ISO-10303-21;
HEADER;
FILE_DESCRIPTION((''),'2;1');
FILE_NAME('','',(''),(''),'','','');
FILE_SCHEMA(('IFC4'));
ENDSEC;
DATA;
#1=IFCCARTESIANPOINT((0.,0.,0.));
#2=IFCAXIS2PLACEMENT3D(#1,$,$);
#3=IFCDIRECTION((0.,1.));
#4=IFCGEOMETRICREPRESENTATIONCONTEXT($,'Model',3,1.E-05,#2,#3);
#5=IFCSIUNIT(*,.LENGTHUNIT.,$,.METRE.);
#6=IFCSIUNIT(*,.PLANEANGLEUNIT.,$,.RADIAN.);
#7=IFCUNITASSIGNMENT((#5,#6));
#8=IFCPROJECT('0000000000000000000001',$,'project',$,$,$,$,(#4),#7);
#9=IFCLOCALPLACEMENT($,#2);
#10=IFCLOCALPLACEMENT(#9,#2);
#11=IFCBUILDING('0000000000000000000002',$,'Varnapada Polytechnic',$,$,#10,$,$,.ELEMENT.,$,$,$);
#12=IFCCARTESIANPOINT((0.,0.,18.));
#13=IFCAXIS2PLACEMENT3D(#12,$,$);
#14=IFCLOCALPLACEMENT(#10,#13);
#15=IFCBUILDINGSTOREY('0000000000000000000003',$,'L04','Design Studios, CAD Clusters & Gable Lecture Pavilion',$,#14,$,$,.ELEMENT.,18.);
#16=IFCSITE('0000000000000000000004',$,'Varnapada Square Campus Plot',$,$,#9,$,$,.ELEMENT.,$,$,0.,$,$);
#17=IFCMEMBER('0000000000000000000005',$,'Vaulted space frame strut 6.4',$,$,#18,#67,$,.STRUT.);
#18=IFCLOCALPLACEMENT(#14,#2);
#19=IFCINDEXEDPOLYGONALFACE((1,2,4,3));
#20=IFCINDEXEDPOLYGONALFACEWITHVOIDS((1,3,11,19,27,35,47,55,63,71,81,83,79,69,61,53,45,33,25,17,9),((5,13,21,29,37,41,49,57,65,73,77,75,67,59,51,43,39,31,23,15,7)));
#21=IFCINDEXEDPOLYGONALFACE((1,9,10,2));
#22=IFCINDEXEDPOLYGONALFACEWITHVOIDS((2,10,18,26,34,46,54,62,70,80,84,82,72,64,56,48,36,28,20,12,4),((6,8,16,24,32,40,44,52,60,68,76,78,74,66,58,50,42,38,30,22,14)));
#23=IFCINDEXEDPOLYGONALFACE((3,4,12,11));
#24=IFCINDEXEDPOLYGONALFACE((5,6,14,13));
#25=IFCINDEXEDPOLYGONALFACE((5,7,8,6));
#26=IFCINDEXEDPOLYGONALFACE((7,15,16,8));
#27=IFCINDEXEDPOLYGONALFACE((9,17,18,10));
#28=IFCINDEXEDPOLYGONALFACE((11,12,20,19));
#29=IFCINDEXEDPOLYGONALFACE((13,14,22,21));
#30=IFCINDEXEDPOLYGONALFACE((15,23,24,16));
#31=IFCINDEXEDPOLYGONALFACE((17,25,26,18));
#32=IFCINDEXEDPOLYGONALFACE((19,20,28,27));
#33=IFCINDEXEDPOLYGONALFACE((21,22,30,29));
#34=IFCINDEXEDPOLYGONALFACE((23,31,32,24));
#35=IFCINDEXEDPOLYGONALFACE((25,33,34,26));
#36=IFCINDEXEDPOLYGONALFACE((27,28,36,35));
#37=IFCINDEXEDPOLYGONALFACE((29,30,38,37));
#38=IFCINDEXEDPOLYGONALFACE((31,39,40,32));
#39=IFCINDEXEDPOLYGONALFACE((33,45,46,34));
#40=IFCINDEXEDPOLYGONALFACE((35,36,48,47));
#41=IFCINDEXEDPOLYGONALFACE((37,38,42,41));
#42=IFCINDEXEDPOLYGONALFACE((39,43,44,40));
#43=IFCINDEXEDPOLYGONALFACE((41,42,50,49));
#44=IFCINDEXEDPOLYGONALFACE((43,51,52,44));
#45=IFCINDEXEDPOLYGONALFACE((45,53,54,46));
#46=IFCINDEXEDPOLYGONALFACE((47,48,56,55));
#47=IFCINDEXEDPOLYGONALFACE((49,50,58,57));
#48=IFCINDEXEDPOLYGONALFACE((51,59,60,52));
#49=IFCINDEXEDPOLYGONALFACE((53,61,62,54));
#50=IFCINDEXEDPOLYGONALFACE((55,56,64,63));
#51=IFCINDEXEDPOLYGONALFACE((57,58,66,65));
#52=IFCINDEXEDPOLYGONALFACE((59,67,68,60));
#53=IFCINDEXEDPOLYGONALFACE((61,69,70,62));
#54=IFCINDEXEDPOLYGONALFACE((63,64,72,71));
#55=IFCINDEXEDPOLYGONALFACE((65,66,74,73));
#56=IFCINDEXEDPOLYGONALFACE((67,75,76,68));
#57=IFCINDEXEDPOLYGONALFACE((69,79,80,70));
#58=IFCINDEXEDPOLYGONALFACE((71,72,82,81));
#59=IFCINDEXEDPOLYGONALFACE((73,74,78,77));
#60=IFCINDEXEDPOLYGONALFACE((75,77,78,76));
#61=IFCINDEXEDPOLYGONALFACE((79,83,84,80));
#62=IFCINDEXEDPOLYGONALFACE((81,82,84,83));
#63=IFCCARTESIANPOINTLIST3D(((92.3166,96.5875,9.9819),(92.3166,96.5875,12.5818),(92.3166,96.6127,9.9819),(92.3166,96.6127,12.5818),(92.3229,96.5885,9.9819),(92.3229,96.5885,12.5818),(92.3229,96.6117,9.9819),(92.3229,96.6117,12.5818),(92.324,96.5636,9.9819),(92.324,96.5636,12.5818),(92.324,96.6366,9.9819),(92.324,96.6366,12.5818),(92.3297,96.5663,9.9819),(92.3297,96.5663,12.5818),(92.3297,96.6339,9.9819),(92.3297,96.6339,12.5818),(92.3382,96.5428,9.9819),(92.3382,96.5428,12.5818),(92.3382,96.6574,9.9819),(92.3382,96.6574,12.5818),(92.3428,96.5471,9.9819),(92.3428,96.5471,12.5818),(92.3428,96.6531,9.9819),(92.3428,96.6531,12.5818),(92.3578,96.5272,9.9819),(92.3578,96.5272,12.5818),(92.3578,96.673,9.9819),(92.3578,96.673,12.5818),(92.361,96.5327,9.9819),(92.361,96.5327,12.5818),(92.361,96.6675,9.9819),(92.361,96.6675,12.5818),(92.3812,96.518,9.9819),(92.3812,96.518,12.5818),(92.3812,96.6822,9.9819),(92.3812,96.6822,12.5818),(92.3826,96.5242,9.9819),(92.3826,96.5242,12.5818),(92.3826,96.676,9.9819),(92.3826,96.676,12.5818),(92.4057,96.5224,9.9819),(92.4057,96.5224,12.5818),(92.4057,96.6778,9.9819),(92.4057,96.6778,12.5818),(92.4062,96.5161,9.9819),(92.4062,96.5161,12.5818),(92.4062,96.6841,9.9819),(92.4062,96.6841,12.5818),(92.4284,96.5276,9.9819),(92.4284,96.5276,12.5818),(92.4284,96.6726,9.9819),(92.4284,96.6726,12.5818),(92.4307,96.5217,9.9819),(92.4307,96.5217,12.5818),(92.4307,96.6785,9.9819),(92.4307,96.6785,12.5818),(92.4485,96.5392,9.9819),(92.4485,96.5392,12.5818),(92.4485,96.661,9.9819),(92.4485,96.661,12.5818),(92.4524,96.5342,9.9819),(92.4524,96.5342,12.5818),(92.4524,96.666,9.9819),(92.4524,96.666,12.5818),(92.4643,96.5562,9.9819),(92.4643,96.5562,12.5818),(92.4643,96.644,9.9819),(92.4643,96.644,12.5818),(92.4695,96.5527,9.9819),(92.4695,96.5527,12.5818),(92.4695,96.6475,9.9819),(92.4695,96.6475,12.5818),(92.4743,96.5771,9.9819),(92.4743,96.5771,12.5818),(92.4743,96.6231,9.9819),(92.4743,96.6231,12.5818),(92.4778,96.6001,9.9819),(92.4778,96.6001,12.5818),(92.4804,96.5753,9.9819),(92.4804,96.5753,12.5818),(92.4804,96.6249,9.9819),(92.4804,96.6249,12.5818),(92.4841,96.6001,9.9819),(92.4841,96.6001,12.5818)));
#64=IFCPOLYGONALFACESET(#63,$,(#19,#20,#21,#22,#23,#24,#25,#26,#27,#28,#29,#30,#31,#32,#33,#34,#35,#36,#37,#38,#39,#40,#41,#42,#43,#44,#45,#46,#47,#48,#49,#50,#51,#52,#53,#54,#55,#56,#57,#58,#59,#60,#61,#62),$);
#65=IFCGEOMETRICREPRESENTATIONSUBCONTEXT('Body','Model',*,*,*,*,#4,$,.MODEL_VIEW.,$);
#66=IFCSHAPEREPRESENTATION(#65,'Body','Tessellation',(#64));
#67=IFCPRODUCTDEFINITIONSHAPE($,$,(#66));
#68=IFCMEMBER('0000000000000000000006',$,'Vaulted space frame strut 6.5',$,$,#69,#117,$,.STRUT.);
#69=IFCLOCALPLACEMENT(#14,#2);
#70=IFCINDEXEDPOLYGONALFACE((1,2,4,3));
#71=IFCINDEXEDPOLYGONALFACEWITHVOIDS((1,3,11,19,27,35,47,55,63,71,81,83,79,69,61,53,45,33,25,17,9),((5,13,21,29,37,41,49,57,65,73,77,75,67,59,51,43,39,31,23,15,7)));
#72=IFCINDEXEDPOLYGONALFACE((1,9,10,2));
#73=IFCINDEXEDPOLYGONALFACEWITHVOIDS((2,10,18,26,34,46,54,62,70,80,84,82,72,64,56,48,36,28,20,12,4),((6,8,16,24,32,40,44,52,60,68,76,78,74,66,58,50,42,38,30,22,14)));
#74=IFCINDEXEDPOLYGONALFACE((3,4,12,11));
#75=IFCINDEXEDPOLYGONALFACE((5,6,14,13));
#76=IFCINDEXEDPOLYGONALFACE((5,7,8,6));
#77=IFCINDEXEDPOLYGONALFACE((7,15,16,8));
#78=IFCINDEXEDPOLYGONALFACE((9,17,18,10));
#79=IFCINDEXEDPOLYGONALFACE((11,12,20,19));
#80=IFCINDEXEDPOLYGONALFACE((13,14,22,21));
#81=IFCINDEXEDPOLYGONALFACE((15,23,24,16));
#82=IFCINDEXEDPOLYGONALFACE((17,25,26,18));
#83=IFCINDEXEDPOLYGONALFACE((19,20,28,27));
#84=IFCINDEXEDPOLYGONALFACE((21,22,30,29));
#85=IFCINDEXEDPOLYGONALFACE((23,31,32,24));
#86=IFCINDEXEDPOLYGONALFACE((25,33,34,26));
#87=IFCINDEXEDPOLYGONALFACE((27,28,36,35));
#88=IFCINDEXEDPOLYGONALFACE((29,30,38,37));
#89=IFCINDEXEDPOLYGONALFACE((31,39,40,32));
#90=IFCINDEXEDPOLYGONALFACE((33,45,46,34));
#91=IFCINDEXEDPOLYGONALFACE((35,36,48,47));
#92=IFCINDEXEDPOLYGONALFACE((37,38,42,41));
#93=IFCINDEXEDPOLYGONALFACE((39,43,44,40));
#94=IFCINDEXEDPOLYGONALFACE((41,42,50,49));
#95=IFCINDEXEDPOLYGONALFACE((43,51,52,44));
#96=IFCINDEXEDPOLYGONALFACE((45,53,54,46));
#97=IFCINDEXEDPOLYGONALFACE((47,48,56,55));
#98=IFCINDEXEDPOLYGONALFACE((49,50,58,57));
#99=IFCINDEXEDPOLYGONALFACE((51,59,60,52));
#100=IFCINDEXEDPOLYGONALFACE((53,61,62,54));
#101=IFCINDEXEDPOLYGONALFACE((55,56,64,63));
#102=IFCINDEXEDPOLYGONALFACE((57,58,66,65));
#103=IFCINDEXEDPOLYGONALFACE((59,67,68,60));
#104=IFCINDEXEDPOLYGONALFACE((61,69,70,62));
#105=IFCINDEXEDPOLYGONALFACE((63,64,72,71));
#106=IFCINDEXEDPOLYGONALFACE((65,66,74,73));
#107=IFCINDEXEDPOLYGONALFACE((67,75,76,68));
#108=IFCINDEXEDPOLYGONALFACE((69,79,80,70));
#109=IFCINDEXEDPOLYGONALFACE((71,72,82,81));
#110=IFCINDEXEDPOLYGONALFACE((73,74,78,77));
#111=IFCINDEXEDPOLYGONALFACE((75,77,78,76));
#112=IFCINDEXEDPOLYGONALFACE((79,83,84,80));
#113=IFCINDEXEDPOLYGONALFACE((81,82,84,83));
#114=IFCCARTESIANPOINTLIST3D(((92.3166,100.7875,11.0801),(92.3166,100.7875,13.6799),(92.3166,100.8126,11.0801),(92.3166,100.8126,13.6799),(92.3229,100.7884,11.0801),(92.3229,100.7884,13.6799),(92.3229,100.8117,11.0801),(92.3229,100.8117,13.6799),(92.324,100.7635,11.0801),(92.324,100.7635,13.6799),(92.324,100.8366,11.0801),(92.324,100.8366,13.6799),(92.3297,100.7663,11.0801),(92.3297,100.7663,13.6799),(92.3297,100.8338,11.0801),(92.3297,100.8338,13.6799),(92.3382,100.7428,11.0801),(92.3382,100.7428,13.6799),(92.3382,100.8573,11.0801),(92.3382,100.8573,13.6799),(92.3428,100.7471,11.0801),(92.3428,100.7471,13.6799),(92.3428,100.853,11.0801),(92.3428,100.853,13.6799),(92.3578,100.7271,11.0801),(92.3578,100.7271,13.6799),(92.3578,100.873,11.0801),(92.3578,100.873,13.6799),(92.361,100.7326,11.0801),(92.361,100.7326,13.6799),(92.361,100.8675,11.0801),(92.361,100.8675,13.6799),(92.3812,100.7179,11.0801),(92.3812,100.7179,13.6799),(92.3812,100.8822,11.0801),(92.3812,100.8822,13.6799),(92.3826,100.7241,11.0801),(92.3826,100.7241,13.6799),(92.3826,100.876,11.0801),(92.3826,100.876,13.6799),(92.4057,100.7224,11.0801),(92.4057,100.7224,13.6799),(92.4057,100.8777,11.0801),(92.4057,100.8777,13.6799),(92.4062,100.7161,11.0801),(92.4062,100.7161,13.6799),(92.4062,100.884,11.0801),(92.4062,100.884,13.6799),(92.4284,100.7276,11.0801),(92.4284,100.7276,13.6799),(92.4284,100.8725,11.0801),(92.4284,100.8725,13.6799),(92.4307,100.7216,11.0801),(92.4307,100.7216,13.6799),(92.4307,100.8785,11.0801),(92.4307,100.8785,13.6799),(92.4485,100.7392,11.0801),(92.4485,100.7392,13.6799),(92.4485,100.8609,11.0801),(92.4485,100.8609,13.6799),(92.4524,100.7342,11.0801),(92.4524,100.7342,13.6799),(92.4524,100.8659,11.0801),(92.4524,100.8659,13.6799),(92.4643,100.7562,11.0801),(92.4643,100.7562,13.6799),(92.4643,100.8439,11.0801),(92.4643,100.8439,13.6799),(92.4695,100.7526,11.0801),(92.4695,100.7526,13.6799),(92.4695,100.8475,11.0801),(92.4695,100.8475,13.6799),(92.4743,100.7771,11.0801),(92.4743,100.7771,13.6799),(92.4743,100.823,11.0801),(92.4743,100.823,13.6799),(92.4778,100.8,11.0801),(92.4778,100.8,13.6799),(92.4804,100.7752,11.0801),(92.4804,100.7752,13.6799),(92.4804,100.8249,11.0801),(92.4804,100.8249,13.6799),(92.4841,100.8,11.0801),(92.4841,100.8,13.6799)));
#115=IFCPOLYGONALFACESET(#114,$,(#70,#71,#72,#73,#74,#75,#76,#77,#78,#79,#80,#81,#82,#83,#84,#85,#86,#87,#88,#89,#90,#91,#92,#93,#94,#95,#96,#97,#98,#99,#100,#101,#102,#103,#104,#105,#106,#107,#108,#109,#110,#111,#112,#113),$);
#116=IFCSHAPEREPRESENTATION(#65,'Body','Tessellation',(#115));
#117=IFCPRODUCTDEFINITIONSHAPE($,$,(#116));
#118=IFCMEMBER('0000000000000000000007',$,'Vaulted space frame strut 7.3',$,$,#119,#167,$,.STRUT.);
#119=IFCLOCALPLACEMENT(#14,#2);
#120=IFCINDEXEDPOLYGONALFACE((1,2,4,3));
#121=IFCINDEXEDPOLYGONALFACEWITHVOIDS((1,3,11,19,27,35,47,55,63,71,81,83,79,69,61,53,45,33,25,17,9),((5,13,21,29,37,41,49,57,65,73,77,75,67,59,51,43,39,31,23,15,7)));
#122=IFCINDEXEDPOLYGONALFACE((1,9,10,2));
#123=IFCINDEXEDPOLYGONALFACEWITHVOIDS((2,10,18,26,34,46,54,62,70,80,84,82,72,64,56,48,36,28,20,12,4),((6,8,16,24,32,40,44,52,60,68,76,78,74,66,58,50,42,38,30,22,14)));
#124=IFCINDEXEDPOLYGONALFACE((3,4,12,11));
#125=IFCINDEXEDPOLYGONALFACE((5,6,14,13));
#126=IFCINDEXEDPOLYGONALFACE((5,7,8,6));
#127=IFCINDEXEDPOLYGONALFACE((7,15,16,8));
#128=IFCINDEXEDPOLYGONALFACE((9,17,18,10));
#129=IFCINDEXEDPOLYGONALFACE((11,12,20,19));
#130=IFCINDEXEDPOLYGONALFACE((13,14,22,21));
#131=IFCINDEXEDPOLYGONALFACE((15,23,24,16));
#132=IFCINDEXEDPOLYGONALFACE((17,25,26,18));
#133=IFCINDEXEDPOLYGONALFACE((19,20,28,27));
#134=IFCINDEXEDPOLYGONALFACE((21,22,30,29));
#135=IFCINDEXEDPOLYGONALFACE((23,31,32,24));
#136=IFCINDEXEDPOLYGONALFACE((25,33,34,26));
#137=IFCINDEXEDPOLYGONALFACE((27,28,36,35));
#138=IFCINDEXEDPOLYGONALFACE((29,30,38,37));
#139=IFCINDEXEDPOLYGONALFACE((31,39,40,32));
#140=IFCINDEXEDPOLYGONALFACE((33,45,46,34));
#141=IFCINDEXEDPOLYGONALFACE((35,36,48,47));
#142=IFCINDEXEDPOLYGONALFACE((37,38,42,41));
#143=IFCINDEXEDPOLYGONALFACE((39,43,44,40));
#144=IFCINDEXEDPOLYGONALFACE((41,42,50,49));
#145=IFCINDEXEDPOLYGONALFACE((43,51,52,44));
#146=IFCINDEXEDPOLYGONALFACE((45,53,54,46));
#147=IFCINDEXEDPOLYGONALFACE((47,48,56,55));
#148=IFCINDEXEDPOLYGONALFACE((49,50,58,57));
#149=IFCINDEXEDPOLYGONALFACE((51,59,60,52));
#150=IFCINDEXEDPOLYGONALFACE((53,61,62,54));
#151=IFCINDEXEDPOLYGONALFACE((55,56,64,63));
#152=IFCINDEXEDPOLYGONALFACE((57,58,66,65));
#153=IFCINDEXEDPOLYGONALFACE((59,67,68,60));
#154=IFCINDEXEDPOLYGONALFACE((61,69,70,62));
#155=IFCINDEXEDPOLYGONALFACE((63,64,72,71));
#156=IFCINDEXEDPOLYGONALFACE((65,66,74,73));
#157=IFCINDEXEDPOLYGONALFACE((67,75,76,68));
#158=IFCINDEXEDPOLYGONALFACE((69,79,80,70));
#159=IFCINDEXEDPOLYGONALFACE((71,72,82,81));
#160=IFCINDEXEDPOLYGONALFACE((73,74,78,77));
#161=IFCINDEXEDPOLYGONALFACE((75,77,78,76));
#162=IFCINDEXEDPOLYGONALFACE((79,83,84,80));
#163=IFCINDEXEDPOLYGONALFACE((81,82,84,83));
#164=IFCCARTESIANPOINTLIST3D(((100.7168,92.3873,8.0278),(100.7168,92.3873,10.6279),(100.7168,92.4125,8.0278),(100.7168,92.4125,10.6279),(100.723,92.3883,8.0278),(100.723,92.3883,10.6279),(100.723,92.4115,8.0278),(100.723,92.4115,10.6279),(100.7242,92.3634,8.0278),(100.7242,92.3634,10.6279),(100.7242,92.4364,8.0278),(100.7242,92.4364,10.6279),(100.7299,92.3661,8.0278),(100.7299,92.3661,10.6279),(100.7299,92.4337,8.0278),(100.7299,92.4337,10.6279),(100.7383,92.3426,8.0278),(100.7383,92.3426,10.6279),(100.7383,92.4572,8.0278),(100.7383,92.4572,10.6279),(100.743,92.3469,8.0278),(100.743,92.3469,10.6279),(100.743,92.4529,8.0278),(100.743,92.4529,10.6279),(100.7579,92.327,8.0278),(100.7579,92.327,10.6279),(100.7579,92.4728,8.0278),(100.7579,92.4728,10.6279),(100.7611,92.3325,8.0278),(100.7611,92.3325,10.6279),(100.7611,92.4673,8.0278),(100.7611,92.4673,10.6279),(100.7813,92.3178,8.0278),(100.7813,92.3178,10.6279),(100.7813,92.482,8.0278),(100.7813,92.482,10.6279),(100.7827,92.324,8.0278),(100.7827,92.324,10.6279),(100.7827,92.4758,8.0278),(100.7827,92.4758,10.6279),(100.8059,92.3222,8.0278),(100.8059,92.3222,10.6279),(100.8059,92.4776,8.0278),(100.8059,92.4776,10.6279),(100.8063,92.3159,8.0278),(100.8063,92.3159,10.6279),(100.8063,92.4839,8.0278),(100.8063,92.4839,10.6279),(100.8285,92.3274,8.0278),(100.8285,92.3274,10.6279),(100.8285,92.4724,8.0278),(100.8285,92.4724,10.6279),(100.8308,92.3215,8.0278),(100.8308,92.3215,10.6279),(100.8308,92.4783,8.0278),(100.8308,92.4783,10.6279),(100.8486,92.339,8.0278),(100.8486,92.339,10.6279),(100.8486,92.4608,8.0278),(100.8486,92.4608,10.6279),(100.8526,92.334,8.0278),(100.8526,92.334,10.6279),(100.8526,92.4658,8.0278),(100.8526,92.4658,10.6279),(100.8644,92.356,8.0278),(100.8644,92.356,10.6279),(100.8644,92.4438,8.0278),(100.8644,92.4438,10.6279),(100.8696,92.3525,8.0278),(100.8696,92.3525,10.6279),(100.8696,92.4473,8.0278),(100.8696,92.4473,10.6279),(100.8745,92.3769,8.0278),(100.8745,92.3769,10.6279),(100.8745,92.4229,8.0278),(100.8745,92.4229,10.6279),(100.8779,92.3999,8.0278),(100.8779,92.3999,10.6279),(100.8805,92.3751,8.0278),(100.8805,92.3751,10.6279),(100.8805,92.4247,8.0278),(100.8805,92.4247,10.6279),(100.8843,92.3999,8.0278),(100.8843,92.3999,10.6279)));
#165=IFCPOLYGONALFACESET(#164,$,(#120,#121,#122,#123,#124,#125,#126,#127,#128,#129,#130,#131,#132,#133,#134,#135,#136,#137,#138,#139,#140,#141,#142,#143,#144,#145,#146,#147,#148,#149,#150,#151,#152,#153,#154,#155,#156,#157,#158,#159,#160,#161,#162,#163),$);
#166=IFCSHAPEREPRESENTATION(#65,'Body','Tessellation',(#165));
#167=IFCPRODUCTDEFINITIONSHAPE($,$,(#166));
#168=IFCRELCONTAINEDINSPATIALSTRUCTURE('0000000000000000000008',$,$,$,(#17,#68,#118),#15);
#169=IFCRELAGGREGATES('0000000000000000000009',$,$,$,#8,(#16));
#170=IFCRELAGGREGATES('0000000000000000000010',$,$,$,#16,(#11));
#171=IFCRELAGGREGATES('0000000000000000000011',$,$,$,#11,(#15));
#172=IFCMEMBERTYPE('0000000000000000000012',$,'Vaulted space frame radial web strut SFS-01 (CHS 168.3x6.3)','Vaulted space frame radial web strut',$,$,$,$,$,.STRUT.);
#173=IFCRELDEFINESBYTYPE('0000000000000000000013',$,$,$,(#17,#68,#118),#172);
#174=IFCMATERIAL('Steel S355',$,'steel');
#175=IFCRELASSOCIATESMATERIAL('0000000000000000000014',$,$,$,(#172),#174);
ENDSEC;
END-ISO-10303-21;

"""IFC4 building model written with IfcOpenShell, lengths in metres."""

from ifc_helpers import new_model, si_unit, direction, frame, origin, origin_2d, place, context, subcontext, project, spatial, hollow_circle, extrude, material, material_profile, profile_set, type_object, element, save


model = new_model("IFC4")

# Units and contexts
model_context = context("Model", 3, precision=1e-05, world=origin(), true_north=direction((0.0, 1.0)))
body_context = subcontext(model_context, "Body", "Model", "MODEL_VIEW")
ifc_project = project(units=[si_unit("LENGTHUNIT", "METRE"), si_unit("PLANEANGLEUNIT", "RADIAN")], contexts=[model_context])

# Site, building, storey
site_placement = place(None, origin())
site = spatial("IfcSite", under=ifc_project, at=site_placement, Name="Varnapada Square Campus Plot", CompositionType="ELEMENT", RefElevation=0.0)
building_placement = place(site_placement, origin())
building = spatial("IfcBuilding", under=site, at=building_placement, Name="Varnapada Polytechnic", CompositionType="ELEMENT")
storey_placement = place(building_placement, frame((0.0, 0.0, 18.0)))
storey = spatial("IfcBuildingStorey", under=building, at=storey_placement, Name="L04", Description="Design Studios, CAD Clusters & Gable Lecture Pavilion", CompositionType="ELEMENT", Elevation=18.0)

# Shared definitions
ifc_material = material(Name="Steel S355", Category="steel")

# Members
ifc_material_profile_1 = material_profile(ifc_material, hollow_circle(Radius=0.0842, WallThickness=0.0063, at=origin_2d()), Name="CHS 168.3x6.3")
ifc_profile_set_1 = profile_set([ifc_material_profile_1], Name="Steel S355")
member_type_1 = type_object("IfcMemberType", Name="Vaulted space frame radial web strut SFS-01 (CHS 168.3x6.3)", Description="Vaulted space frame radial web strut", PredefinedType="STRUT", material=ifc_profile_set_1)
for number, where, z_axis, x_axis, name in (
    (1, (92.3999, 96.6001, 9.9819), (0.0, 0.0, 1.0), (1.0, 0.0, 0.0), "Vaulted space frame strut 6.4"),
    (2, (92.3999, 100.8, 11.0801), (0.0, 0.0, 1.0), (1.0, 0.0, 0.0), "Vaulted space frame strut 6.5"),
):
    element("IfcMember", number, at=place(storey_placement, frame(where, z_axis=z_axis, x_axis=x_axis)), inside=storey, type_object=member_type_1, Name=name, PredefinedType="STRUT", context=body_context, shape_type="SweptSolid", body=[
        extrude(hollow_circle(Radius=0.0842, WallThickness=0.0063, at=origin_2d()), origin(), (0.0, 0.0, 1.0), 2.5999),
    ])
member_1_placement = place(storey_placement, frame((100.8, 92.3999, 8.0278), z_axis=(0.0, 0.0, 1.0), x_axis=(1.0, 0.0, 0.0)))
element("IfcMember", 3, at=member_1_placement, inside=storey, type_object=member_type_1, Name="Vaulted space frame strut 7.3", PredefinedType="STRUT", context=body_context, shape_type="SweptSolid", body=[
    extrude(hollow_circle(Radius=0.0842, WallThickness=0.0063, at=origin_2d()), origin(), (0.0, 0.0, 1.0), 2.6001),
])

save(model, "model.ifc")
